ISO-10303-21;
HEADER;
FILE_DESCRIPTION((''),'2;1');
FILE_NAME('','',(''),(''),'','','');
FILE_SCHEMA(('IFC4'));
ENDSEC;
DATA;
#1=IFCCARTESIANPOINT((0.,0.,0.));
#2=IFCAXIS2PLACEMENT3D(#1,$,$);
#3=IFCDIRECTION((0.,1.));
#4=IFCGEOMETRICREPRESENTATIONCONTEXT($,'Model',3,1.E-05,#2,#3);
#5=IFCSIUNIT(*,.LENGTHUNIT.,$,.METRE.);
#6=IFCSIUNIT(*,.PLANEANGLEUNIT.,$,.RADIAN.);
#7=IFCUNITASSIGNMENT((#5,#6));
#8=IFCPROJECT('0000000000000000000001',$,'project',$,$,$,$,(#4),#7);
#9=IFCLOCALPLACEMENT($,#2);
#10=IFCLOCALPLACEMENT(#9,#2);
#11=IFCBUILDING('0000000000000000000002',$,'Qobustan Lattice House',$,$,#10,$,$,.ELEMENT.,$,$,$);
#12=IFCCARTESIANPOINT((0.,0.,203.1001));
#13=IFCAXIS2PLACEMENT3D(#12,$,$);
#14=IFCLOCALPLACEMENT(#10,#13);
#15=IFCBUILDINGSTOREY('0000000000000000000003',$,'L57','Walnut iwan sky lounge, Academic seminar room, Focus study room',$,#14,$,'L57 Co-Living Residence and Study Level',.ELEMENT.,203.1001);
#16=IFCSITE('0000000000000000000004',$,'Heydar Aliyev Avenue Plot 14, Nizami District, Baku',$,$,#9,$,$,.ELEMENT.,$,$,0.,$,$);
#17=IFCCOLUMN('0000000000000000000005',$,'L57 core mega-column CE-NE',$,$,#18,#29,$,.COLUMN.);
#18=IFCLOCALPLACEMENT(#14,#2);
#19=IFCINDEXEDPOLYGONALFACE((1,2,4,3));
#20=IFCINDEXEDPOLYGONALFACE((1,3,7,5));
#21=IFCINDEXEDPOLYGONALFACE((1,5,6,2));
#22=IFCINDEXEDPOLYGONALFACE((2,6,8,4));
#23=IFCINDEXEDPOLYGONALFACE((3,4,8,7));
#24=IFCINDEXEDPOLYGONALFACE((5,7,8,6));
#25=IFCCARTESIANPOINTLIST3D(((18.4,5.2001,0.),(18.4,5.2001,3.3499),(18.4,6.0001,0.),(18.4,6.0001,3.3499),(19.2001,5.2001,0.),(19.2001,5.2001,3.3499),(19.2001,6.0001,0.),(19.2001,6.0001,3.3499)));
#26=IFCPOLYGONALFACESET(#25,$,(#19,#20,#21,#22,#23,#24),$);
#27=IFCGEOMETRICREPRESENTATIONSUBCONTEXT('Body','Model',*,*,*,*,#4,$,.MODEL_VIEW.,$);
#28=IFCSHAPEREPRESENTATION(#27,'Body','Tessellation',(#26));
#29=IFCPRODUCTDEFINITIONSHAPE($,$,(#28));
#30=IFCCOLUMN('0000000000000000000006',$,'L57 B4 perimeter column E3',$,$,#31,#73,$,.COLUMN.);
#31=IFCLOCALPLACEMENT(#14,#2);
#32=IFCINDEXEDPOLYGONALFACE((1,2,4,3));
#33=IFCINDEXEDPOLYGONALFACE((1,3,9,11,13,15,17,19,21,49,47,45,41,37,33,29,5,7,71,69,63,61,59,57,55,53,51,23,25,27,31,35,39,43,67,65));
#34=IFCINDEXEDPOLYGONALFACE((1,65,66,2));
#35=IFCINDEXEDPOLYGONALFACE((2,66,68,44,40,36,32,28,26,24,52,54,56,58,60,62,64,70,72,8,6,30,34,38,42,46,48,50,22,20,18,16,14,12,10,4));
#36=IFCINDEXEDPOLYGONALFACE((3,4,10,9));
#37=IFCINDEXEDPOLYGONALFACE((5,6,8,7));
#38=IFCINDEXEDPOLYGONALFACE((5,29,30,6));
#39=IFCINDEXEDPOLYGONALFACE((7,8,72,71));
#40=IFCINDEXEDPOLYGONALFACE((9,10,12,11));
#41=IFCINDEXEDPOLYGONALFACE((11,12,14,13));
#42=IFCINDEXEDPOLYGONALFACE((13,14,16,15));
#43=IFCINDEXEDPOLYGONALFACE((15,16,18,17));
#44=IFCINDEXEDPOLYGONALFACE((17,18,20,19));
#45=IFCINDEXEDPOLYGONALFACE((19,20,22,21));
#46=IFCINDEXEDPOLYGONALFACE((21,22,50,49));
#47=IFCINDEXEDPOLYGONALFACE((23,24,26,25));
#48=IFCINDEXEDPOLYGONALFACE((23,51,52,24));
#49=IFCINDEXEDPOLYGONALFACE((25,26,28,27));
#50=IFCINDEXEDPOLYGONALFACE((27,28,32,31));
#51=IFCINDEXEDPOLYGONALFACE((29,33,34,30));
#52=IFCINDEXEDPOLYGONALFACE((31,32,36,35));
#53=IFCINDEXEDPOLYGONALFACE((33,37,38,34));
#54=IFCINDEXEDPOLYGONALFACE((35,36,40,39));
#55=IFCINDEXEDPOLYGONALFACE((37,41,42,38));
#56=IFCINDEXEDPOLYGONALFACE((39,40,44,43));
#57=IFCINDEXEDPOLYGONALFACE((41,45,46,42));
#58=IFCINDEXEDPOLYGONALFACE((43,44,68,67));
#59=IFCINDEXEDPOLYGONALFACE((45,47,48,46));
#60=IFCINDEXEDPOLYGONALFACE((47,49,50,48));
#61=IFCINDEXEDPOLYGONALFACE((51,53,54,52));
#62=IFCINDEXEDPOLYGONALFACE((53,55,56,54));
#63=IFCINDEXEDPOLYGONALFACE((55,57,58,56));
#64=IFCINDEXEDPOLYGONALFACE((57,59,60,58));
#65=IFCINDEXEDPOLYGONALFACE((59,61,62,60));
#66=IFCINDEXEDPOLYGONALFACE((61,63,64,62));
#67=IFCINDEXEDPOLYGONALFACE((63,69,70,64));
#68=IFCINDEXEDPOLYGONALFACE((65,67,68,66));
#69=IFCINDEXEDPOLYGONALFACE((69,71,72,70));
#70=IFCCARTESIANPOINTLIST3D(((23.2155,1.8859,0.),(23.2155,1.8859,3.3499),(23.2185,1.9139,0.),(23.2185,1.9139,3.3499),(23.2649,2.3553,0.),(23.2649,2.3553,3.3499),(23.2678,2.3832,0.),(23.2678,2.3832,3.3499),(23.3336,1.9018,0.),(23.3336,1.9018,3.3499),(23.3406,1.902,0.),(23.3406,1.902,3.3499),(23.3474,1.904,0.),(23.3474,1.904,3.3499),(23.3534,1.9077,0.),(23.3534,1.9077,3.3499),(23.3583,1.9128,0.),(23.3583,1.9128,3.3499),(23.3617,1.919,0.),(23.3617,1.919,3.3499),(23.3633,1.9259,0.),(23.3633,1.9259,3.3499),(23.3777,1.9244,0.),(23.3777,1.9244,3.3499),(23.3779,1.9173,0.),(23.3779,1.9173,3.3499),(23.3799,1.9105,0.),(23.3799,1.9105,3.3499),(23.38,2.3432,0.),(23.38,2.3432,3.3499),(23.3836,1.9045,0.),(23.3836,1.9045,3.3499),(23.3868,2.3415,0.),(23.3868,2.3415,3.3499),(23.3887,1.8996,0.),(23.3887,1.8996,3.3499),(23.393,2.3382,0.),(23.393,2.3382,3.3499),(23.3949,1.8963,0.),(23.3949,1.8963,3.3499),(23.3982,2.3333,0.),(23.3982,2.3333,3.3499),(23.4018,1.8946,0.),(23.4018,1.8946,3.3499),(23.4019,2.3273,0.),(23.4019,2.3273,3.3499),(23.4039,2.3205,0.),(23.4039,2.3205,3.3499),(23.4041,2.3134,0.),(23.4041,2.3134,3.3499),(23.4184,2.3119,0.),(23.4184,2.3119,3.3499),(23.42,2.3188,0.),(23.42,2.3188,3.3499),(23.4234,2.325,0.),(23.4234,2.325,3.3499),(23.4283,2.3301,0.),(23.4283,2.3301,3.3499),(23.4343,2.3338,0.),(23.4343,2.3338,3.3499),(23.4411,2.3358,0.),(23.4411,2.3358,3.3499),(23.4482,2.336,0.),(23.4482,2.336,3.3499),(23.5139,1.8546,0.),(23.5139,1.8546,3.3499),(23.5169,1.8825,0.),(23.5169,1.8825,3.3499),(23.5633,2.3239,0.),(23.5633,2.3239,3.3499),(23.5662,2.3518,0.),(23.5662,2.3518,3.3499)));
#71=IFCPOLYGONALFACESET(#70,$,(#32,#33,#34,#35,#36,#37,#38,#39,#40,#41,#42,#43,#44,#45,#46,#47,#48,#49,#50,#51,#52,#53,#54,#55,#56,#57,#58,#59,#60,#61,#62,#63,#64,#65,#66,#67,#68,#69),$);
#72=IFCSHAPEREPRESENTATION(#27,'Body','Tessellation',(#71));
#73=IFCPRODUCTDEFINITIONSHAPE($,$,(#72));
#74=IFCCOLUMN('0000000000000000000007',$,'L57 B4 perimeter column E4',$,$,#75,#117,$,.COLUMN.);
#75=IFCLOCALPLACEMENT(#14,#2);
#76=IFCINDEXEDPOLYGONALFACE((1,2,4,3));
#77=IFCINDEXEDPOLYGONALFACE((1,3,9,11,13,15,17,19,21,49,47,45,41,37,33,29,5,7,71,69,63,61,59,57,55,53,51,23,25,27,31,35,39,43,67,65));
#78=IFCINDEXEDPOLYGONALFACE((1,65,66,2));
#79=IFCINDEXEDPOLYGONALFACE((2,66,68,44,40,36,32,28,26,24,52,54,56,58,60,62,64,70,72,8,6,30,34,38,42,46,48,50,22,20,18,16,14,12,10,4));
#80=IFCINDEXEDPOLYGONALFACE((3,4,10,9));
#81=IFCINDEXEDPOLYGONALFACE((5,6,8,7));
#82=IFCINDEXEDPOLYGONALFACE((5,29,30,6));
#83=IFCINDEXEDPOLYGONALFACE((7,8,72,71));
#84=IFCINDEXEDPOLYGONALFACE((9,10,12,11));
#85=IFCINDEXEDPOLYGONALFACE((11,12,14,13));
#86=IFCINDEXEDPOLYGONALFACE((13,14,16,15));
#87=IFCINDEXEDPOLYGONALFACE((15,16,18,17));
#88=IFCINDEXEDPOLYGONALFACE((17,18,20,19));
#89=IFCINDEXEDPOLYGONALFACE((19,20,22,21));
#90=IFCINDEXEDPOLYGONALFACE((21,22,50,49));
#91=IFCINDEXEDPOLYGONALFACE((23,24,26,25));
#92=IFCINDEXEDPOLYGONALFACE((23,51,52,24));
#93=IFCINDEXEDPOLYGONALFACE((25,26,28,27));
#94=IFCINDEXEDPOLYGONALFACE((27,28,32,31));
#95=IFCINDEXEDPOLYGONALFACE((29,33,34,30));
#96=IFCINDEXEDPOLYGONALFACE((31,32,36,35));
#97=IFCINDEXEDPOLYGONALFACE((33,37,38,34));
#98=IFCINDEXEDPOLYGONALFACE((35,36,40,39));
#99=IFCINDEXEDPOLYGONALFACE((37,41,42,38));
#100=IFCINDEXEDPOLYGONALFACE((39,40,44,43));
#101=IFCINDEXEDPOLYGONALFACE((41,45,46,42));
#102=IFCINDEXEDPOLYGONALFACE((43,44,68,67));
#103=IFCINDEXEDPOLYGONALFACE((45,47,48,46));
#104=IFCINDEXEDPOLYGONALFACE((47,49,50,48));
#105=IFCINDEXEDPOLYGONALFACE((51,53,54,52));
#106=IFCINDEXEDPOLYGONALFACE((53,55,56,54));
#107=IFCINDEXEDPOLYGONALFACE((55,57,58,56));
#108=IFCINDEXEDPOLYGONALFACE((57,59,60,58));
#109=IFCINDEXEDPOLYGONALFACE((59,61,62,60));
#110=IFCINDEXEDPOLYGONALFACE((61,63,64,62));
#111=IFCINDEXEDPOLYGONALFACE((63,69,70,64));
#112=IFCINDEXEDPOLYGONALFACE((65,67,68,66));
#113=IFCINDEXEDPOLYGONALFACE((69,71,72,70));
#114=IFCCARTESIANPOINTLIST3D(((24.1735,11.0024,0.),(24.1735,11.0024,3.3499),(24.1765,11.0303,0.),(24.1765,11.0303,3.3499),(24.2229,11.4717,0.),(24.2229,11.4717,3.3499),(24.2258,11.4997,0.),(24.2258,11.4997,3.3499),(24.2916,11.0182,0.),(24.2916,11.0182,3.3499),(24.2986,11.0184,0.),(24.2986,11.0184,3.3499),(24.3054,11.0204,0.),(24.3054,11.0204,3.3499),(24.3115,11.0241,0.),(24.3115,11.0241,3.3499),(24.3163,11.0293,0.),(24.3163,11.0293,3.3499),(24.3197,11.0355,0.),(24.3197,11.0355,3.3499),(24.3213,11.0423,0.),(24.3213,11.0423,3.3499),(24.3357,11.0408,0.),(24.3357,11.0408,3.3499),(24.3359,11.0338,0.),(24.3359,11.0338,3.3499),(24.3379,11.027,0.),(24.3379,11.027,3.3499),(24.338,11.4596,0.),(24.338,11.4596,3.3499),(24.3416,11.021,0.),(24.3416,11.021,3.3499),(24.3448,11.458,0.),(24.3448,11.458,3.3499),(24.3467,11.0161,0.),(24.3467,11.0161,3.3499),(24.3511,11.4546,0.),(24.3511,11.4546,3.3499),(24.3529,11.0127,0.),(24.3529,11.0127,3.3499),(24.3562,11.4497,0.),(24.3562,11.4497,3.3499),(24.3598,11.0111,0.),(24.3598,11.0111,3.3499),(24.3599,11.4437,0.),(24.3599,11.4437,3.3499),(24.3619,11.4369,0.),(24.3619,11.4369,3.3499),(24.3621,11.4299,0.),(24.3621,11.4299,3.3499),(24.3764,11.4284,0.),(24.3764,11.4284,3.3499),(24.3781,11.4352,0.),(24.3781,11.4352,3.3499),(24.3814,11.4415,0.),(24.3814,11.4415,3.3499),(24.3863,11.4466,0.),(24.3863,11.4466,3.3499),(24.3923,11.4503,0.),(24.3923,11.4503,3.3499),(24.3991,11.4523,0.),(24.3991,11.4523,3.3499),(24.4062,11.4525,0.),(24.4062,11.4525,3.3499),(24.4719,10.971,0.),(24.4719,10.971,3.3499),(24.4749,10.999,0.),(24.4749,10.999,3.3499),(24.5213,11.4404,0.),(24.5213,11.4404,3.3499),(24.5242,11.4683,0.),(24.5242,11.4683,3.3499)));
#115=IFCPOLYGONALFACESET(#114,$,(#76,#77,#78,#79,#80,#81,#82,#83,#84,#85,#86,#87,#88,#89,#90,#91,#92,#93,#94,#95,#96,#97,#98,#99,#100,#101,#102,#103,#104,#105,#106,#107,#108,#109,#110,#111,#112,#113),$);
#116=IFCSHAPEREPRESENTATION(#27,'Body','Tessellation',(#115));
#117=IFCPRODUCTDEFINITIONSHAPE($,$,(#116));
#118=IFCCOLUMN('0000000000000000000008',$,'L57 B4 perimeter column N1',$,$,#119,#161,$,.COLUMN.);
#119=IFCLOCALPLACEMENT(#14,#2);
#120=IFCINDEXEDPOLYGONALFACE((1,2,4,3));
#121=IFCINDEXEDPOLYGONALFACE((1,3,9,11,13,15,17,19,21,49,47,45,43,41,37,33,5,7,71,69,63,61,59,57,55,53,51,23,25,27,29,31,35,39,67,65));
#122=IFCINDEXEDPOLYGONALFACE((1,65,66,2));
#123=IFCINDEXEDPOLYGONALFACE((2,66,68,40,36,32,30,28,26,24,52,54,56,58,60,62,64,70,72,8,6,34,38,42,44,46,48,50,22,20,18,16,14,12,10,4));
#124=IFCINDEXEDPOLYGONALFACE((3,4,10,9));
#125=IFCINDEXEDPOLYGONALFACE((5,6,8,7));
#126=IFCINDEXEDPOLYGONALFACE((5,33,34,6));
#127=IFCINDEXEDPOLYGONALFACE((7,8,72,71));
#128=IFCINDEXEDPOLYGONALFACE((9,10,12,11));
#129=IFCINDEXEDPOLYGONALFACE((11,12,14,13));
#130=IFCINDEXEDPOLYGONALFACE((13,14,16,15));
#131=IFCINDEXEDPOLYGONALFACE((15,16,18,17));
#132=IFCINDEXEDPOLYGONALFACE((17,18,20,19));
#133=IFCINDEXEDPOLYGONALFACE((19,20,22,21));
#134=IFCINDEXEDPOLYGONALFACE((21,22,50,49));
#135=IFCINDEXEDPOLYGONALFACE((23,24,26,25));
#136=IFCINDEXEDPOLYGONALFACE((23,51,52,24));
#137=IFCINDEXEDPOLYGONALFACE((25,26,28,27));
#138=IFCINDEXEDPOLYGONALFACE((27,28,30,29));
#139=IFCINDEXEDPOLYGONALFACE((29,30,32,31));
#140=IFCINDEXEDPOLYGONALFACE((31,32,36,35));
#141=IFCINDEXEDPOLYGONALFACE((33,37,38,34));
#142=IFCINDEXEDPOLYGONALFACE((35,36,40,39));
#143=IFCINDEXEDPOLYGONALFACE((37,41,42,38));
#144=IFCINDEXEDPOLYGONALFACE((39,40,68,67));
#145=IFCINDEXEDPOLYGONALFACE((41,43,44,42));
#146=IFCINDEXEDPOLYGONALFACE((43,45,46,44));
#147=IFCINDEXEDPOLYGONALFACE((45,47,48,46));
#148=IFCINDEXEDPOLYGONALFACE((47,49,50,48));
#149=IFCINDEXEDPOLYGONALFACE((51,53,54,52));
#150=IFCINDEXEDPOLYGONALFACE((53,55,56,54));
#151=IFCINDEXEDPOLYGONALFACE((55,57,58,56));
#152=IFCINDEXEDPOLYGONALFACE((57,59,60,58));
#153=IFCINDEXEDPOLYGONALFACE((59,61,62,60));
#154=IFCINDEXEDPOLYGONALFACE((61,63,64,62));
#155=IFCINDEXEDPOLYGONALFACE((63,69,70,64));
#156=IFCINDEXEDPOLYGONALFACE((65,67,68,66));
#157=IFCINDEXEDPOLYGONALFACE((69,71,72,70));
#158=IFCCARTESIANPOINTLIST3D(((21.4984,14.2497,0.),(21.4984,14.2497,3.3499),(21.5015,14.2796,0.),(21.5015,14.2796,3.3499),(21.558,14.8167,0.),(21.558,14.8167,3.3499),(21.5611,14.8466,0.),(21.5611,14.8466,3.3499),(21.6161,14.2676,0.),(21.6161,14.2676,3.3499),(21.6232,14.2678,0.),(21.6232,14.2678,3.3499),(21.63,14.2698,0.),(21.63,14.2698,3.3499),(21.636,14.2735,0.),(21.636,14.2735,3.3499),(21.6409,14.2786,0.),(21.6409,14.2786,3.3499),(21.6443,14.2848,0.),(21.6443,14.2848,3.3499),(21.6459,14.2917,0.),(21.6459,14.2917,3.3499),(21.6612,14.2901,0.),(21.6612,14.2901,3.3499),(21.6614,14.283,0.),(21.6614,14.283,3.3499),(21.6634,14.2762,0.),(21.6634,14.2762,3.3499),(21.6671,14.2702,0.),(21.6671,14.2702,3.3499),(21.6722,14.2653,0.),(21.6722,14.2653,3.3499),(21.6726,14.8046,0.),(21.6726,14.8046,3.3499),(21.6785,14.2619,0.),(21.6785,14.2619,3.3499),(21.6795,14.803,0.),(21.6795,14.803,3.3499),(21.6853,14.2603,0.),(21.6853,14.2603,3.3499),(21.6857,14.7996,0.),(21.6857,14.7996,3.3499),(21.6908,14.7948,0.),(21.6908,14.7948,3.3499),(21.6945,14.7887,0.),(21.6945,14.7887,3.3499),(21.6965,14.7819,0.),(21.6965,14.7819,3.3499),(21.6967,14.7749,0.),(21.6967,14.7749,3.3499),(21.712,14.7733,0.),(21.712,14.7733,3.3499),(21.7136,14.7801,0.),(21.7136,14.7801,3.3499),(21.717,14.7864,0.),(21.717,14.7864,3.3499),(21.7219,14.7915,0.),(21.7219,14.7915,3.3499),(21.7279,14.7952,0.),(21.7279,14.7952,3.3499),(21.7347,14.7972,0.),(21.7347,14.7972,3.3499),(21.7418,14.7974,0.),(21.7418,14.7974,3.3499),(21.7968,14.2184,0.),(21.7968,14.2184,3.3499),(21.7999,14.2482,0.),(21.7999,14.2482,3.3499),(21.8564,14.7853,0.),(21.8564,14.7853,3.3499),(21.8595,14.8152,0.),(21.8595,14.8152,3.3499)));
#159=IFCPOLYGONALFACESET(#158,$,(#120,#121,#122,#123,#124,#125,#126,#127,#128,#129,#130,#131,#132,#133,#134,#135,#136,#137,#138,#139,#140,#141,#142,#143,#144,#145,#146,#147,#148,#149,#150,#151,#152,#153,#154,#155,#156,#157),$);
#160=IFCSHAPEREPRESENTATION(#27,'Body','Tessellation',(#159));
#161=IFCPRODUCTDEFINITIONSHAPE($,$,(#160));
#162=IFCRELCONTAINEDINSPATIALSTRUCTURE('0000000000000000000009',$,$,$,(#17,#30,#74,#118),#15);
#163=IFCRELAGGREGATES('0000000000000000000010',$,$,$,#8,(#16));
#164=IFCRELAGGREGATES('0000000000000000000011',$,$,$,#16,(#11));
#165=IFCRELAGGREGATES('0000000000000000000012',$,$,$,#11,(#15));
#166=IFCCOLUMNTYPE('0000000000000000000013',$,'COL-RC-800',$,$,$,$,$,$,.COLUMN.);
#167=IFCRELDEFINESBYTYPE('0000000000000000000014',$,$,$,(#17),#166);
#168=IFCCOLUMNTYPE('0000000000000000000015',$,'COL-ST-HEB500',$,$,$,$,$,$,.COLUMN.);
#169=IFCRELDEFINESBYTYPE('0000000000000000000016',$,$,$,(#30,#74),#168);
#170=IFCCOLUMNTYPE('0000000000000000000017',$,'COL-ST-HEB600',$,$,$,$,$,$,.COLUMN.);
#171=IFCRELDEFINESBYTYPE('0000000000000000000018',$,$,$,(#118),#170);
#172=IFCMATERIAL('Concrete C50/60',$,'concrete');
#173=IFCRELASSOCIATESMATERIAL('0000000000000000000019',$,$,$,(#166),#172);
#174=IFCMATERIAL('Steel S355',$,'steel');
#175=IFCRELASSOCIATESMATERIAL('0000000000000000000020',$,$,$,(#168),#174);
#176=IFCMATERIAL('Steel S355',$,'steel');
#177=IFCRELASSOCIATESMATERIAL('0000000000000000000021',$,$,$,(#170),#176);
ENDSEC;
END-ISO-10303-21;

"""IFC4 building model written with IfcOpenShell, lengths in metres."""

from ifc_helpers import new_model, si_unit, direction, frame, origin, origin_2d, place, context, subcontext, project, spatial, rectangle, i_section, extrude, material, material_profile, profile_set, type_object, element, save


model = new_model("IFC4")

# Units and contexts
model_context = context("Model", 3, precision=1e-05, world=origin(), true_north=direction((0.0, 1.0)))
body_context = subcontext(model_context, "Body", "Model", "MODEL_VIEW")
ifc_project = project(units=[si_unit("LENGTHUNIT", "METRE"), si_unit("PLANEANGLEUNIT", "RADIAN")], contexts=[model_context])

# Site, building, storey
site_placement = place(None, origin())
site = spatial("IfcSite", under=ifc_project, at=site_placement, Name="Heydar Aliyev Avenue Plot 14, Nizami District, Baku", CompositionType="ELEMENT", RefElevation=0.0)
building_placement = place(site_placement, origin())
building = spatial("IfcBuilding", under=site, at=building_placement, Name="Qobustan Lattice House", CompositionType="ELEMENT")
storey_placement = place(building_placement, frame((0.0, 0.0, 203.1001)))
storey = spatial("IfcBuildingStorey", under=building, at=storey_placement, Name="L57", Description="Walnut iwan sky lounge, Academic seminar room, Focus study room", LongName="L57 Co-Living Residence and Study Level", CompositionType="ELEMENT", Elevation=203.1001)

# Columns
ifc_material_1 = material(Name="Concrete C50/60", Category="concrete")
ifc_material_profile_1 = material_profile(ifc_material_1, rectangle(XDim=0.8, YDim=0.8, at=origin_2d()), Name="RC800x800")
ifc_profile_set_1 = profile_set([ifc_material_profile_1], Name="Concrete C50/60")
column_type_1 = type_object("IfcColumnType", Name="COL-RC-800", PredefinedType="COLUMN", material=ifc_profile_set_1)
column_1_placement = place(storey_placement, frame((18.8, 5.6001, 0.0), z_axis=(0.0, 0.0, 1.0), x_axis=(1.0, 0.0, 0.0)))
element("IfcColumn", 1, at=column_1_placement, inside=storey, type_object=column_type_1, Name="L57 core mega-column CE-NE", PredefinedType="COLUMN", context=body_context, shape_type="SweptSolid", body=[
    extrude(rectangle(XDim=0.8, YDim=0.8, at=origin_2d()), origin(), (0.0, 0.0, 1.0), 3.3499),
])
ifc_material_2 = material(Name="Steel S355", Category="steel")
ifc_material_profile_2 = material_profile(ifc_material_2, i_section(OverallWidth=0.3, OverallDepth=0.5, WebThickness=0.0144, FlangeThickness=0.0281, FilletRadius=0.0271, at=origin_2d()), Name="HEB500")
ifc_profile_set_2 = profile_set([ifc_material_profile_2], Name="Steel S355")
column_type_2 = type_object("IfcColumnType", Name="COL-ST-HEB500", PredefinedType="COLUMN", material=ifc_profile_set_2)
for number, where, z_axis, x_axis, name in (
    (2, (23.3909, 2.1189, 0.0), (0.0, 0.0, 1.0), (0.994522, -0.104528, 0.0), "L57 B4 perimeter column E3"),
    (3, (24.3489, 11.2354, 0.0), (0.0, 0.0, 1.0), (0.994522, -0.104528, 0.0), "L57 B4 perimeter column E4"),
):
    element("IfcColumn", number, at=place(storey_placement, frame(where, z_axis=z_axis, x_axis=x_axis)), inside=storey, type_object=column_type_2, Name=name, PredefinedType="COLUMN", context=body_context, shape_type="SweptSolid", body=[
        extrude(i_section(OverallWidth=0.3, OverallDepth=0.5, WebThickness=0.0144, FlangeThickness=0.0281, FilletRadius=0.0271, at=origin_2d()), origin(), (0.0, 0.0, 1.0), 3.3499),
    ])
ifc_material_3 = material(Name="Steel S355", Category="steel")
ifc_material_profile_3 = material_profile(ifc_material_3, i_section(OverallWidth=0.3, OverallDepth=0.6001, WebThickness=0.0154, FlangeThickness=0.03, FilletRadius=0.0271, at=origin_2d()), Name="HEB600")
ifc_profile_set_3 = profile_set([ifc_material_profile_3], Name="Steel S355")
column_type_3 = type_object("IfcColumnType", Name="COL-ST-HEB600", PredefinedType="COLUMN", material=ifc_profile_set_3)
column_2_placement = place(storey_placement, frame((21.679, 14.5325, 0.0), z_axis=(0.0, 0.0, 1.0), x_axis=(0.994522, -0.104528, 0.0)))
element("IfcColumn", 4, at=column_2_placement, inside=storey, type_object=column_type_3, Name="L57 B4 perimeter column N1", PredefinedType="COLUMN", context=body_context, shape_type="SweptSolid", body=[
    extrude(i_section(OverallWidth=0.3, OverallDepth=0.6001, WebThickness=0.0154, FlangeThickness=0.03, FilletRadius=0.0271, at=origin_2d()), origin(), (0.0, 0.0, 1.0), 3.3499),
])

save(model, "model.ifc")
